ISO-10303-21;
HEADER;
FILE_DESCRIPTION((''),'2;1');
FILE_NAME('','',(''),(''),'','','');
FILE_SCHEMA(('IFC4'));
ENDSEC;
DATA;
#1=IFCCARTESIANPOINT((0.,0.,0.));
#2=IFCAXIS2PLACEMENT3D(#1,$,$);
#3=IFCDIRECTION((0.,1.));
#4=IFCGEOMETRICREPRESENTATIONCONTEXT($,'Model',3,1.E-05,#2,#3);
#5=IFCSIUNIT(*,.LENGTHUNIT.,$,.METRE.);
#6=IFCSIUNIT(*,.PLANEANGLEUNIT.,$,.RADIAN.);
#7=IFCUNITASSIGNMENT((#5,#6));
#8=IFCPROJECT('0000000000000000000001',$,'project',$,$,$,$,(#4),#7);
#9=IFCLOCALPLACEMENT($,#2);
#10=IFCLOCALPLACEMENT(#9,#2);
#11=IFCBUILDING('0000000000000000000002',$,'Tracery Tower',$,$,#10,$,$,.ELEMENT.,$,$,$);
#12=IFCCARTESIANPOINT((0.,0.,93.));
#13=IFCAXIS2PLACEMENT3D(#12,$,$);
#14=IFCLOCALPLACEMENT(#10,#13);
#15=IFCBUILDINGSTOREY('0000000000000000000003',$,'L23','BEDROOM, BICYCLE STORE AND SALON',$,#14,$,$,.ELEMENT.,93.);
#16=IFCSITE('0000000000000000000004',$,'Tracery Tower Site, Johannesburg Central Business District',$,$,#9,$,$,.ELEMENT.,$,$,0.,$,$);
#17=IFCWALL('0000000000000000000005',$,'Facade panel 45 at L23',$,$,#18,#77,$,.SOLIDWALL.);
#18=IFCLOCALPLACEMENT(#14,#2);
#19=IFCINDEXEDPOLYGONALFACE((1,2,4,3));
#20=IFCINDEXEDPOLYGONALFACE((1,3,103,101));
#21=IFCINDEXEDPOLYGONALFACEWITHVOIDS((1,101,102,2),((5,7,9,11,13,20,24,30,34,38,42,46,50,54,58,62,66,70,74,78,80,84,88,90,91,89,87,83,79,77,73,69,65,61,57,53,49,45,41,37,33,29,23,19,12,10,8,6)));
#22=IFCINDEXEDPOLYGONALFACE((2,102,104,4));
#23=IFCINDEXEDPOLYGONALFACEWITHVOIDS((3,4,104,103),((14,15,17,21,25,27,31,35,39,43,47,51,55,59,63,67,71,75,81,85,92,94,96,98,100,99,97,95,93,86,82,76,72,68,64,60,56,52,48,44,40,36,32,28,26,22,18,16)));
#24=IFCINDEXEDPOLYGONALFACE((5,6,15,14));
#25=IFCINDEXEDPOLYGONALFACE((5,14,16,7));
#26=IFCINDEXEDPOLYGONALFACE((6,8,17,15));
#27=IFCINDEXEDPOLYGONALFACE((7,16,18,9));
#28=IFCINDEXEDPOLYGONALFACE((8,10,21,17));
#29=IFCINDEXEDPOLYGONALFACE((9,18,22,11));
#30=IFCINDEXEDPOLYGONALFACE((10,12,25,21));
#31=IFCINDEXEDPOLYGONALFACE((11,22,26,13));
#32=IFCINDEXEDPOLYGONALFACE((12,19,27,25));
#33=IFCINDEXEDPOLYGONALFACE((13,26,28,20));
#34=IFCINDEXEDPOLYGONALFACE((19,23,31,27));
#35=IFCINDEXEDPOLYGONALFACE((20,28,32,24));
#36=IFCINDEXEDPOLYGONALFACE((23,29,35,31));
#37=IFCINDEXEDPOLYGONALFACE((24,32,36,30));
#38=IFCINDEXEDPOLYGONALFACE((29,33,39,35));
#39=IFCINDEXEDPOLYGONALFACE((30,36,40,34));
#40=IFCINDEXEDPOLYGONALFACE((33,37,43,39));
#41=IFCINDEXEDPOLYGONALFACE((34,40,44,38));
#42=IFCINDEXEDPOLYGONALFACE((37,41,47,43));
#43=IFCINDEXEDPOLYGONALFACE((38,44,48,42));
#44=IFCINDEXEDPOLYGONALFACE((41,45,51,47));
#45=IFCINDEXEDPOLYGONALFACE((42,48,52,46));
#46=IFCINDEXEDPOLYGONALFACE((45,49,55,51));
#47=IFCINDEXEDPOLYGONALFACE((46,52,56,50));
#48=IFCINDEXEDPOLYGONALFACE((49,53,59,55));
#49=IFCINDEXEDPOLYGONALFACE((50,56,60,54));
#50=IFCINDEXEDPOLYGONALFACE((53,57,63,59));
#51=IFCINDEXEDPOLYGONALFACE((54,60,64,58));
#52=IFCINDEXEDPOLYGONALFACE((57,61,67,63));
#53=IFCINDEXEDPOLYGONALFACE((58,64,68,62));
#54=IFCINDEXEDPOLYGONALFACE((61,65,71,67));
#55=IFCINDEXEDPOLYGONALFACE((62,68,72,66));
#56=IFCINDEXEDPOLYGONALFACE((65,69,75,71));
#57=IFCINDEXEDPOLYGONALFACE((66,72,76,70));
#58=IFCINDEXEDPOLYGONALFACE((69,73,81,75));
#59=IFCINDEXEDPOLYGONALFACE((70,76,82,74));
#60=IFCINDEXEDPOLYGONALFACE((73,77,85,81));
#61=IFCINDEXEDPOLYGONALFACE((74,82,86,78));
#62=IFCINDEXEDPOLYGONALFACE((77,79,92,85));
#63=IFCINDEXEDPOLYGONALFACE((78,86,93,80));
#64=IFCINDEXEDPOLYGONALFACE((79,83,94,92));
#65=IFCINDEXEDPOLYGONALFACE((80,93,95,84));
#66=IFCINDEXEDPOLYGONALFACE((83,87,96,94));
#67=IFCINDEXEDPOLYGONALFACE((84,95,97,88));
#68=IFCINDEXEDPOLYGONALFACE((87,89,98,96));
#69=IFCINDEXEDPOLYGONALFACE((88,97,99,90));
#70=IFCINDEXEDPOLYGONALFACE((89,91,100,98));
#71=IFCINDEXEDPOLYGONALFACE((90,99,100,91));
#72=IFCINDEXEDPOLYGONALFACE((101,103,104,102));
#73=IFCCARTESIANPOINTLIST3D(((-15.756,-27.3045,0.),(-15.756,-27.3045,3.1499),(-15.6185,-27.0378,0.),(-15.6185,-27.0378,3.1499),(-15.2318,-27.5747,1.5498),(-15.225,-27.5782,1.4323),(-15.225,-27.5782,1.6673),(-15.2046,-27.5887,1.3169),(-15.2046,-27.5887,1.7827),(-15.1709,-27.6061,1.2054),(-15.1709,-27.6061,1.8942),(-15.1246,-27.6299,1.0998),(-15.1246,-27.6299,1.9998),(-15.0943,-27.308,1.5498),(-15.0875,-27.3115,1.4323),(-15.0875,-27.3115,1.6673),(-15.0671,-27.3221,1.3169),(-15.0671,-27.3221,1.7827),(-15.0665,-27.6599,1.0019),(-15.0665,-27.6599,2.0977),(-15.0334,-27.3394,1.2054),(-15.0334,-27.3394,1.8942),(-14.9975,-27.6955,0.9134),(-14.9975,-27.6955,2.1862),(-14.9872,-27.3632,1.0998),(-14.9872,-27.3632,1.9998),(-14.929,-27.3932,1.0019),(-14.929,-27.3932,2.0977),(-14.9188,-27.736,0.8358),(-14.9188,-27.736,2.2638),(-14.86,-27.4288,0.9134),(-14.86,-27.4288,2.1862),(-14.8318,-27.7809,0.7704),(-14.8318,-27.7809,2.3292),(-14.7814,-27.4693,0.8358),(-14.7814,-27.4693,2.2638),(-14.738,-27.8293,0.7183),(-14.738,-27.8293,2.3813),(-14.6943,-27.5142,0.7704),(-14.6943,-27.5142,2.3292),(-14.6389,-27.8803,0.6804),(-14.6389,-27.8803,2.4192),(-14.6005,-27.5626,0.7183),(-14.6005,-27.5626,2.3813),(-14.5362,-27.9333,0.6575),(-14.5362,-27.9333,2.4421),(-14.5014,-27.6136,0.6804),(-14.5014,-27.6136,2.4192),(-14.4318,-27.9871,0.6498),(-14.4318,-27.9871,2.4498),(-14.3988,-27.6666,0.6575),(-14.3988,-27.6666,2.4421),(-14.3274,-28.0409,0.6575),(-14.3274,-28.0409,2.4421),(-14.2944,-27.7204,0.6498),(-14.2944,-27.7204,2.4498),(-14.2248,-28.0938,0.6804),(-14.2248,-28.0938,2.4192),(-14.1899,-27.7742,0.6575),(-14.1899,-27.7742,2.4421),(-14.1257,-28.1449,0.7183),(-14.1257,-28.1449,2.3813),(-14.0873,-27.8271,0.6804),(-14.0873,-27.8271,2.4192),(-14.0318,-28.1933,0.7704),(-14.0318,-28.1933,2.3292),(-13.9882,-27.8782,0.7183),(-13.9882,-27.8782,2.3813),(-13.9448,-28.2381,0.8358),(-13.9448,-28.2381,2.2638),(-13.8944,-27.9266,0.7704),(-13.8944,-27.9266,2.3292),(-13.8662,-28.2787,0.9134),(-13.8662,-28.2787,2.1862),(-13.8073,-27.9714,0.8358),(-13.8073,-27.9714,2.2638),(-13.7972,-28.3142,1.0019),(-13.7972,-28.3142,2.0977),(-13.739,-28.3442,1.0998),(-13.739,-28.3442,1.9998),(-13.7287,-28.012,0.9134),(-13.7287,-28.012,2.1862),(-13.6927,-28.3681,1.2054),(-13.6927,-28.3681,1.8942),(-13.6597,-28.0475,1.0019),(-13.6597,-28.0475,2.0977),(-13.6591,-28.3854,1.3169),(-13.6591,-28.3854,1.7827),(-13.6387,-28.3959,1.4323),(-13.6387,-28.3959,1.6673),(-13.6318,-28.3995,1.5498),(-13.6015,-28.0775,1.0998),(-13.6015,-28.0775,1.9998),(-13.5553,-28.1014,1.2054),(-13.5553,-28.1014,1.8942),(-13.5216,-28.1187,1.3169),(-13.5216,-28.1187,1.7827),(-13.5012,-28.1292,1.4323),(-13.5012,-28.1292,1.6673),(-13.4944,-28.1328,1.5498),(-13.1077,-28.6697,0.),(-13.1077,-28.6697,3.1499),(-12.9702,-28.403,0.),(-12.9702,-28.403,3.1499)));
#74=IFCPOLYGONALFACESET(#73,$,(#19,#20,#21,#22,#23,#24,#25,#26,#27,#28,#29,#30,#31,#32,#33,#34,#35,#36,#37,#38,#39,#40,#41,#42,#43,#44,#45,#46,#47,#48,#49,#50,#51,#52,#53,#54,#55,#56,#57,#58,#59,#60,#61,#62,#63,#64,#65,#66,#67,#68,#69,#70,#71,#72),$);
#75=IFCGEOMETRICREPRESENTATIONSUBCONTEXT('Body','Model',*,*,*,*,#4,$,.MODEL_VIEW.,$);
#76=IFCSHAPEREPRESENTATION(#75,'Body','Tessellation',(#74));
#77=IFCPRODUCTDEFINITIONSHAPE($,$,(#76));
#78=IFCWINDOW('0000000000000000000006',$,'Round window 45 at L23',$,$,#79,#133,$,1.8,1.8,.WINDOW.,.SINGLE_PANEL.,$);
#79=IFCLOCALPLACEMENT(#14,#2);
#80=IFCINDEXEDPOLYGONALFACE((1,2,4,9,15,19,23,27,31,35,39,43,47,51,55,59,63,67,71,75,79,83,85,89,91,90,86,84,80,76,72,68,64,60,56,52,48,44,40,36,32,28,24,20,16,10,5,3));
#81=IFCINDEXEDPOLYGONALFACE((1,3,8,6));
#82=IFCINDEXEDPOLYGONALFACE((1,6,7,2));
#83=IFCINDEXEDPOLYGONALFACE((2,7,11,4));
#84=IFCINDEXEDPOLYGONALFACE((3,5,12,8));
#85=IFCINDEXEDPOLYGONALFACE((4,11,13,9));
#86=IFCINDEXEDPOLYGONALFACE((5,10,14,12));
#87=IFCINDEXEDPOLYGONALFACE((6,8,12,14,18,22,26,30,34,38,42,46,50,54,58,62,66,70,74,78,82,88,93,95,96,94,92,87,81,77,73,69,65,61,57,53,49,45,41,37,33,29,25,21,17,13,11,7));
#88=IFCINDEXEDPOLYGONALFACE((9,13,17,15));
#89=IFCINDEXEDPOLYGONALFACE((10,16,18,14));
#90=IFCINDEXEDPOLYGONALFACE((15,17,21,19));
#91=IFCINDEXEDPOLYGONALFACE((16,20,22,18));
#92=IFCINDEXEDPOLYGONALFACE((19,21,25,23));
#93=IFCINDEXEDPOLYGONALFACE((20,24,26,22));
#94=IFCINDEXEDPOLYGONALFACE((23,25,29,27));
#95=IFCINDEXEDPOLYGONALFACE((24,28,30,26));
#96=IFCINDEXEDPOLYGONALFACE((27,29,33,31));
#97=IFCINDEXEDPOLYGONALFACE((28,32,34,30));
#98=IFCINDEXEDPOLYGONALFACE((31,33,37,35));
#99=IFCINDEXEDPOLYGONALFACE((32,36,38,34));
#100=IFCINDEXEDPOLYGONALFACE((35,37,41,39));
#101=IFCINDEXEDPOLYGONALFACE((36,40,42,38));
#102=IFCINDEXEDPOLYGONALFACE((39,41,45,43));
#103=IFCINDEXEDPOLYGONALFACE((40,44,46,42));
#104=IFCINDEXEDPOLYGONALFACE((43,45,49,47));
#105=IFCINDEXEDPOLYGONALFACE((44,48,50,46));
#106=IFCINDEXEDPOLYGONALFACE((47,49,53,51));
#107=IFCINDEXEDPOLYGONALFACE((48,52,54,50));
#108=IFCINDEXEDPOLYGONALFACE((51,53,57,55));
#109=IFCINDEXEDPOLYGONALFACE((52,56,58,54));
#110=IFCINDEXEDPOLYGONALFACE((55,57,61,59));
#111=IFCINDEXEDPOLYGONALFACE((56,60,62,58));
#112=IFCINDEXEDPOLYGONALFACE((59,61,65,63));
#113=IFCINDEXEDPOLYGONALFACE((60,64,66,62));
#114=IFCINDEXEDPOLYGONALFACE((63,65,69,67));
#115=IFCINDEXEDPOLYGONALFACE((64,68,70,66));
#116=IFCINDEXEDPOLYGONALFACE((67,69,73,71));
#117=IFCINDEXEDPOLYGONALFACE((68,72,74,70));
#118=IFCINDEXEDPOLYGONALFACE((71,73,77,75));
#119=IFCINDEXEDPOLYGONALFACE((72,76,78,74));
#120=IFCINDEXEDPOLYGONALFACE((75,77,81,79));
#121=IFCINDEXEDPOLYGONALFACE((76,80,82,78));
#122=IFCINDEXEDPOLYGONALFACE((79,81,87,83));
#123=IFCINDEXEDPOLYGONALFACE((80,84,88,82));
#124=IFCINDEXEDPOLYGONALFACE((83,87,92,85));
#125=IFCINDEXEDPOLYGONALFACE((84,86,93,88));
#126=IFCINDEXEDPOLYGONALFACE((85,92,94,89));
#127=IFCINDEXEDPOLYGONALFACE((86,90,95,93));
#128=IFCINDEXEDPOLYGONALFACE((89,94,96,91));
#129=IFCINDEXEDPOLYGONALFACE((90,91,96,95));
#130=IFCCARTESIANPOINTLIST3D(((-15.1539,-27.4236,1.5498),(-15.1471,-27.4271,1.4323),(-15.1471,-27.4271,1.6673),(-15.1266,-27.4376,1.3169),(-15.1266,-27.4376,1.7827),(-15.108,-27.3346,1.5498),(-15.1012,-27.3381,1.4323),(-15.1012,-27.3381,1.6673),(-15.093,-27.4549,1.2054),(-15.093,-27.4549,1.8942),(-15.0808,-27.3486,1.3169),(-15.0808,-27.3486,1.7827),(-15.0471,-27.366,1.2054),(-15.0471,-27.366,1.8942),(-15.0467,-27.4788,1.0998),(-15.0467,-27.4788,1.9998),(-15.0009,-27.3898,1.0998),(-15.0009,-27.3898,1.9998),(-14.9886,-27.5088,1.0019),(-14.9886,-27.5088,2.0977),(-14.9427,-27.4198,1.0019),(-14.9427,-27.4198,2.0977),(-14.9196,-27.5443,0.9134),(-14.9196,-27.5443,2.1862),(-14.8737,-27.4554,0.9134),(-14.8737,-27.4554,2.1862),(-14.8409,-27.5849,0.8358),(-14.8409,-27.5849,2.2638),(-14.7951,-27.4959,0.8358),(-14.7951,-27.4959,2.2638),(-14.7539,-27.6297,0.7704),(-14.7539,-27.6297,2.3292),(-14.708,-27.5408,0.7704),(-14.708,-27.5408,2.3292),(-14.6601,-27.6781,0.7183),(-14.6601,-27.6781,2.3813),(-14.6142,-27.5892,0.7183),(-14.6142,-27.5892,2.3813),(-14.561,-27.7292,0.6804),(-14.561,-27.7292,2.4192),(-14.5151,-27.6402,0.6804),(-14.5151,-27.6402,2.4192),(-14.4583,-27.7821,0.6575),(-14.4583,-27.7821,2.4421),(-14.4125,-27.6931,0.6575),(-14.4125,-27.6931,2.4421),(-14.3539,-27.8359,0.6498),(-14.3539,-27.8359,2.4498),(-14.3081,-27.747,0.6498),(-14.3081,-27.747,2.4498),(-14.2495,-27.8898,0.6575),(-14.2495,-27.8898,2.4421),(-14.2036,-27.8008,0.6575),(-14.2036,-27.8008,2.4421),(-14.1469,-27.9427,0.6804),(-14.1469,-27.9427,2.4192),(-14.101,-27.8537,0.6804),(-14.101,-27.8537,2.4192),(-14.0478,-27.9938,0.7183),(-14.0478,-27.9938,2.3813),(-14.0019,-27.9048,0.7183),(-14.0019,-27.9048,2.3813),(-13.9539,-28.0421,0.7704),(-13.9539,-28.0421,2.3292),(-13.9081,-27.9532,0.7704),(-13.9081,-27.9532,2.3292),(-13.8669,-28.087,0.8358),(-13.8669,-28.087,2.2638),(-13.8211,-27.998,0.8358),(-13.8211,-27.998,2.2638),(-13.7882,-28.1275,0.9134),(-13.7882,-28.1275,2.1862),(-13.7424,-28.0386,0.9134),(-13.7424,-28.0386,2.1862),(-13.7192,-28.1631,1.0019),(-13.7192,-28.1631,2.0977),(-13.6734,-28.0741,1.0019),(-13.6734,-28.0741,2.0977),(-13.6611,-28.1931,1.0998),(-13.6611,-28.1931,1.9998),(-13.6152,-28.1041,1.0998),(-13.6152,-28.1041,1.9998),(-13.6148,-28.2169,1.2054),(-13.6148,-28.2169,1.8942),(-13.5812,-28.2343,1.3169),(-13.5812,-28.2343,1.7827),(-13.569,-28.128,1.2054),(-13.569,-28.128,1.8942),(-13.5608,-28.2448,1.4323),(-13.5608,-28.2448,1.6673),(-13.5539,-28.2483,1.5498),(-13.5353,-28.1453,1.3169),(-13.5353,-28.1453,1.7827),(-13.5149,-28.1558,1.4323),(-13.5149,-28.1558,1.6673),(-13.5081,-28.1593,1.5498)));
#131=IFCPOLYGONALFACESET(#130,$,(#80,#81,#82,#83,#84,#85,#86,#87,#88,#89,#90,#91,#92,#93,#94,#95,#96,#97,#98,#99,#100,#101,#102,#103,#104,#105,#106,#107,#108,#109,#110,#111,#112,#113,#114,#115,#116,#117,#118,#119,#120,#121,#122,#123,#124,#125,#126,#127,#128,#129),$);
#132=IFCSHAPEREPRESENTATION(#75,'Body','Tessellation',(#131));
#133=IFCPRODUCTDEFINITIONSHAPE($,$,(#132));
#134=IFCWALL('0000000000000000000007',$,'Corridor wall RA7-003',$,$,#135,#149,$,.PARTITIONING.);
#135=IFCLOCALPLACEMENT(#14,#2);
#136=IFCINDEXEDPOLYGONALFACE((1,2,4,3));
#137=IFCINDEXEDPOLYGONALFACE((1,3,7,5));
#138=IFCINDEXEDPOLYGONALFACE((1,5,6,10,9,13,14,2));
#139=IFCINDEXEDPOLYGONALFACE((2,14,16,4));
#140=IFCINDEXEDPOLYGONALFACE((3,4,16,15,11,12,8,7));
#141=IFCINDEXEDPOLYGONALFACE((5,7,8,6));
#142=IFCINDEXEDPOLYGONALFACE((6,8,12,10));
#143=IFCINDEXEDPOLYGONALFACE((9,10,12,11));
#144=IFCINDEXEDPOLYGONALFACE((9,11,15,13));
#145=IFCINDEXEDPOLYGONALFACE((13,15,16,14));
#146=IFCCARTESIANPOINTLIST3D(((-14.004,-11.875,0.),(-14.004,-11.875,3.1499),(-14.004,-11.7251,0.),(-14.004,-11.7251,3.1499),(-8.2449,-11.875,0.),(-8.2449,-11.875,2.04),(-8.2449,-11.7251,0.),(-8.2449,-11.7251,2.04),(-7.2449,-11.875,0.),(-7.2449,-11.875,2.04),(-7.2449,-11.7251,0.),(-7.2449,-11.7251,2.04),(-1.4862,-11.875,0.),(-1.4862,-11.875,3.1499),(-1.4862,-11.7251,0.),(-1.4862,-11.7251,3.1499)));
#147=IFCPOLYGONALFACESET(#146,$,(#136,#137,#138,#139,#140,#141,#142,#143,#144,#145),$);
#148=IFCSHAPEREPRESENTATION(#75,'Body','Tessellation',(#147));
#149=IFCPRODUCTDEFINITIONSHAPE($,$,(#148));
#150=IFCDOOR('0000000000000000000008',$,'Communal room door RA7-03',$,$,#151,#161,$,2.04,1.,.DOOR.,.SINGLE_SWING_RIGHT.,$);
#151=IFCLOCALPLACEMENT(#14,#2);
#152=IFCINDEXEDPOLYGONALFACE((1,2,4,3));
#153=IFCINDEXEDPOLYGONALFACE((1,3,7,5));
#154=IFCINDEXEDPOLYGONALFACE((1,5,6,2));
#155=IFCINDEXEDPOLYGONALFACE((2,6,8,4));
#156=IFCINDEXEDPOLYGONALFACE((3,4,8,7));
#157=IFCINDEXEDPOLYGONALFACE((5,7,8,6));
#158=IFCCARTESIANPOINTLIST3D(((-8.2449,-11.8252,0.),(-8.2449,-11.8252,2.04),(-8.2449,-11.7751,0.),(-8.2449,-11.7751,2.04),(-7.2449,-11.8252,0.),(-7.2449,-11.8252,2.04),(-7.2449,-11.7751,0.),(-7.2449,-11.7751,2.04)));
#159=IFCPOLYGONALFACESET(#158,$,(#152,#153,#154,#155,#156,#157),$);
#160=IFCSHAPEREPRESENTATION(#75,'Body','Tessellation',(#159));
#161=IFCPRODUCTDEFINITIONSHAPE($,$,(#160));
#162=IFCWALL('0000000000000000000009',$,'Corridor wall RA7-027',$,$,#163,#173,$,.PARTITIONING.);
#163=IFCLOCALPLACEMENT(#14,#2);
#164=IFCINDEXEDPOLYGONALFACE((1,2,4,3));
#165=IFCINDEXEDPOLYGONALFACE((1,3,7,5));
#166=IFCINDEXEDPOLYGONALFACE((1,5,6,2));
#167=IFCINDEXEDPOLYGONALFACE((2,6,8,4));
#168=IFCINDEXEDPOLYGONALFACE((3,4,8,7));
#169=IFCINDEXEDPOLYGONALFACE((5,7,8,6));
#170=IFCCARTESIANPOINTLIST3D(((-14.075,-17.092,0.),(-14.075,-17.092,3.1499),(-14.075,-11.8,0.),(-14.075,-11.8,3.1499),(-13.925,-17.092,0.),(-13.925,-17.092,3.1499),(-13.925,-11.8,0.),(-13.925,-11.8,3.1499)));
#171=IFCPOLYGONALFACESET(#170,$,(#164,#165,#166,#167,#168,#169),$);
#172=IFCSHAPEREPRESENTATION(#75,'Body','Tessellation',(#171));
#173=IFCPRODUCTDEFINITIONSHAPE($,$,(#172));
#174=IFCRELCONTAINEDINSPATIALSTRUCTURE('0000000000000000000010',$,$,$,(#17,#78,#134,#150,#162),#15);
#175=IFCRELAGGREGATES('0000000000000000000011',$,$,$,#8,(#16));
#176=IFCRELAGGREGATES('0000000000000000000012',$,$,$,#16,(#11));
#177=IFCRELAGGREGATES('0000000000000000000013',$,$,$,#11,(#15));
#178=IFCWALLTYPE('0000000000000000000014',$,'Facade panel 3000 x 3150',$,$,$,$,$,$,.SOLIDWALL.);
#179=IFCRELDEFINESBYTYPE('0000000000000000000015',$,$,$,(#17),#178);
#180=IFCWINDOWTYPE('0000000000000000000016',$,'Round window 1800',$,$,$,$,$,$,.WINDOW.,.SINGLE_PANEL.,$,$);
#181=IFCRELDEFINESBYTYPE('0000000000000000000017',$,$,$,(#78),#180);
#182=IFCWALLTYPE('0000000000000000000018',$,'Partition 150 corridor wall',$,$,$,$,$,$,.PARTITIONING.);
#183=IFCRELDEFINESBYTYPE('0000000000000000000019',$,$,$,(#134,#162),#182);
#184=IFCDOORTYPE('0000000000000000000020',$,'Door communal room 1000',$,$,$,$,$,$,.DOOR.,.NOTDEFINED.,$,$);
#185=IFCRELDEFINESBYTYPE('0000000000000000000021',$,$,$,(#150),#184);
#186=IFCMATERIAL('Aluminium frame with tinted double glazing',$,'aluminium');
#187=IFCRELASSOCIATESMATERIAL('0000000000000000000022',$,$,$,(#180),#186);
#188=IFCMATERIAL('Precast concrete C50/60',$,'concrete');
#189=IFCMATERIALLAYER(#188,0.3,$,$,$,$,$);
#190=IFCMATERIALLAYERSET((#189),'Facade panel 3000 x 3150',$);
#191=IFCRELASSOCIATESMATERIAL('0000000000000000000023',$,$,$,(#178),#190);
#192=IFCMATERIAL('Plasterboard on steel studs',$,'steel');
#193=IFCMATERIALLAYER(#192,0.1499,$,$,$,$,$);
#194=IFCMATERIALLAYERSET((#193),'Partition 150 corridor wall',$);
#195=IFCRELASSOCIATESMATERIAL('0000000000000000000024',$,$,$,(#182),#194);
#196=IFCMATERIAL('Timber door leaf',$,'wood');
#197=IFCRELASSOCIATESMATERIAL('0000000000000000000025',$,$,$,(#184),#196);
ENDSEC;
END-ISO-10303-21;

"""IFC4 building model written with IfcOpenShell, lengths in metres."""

from ifc_helpers import new_model, si_unit, direction, frame, frame_2d, origin, origin_2d, place, context, subcontext, project, spatial, rectangle, circle, extrude, material, layer, layer_set, type_object, element, fill, save


model = new_model("IFC4")

# Units and contexts
model_context = context("Model", 3, precision=1e-05, world=origin(), true_north=direction((0.0, 1.0)))
body_context = subcontext(model_context, "Body", "Model", "MODEL_VIEW")
ifc_project = project(units=[si_unit("LENGTHUNIT", "METRE"), si_unit("PLANEANGLEUNIT", "RADIAN")], contexts=[model_context])

# Site, building, storey
site_placement = place(None, origin())
site = spatial("IfcSite", under=ifc_project, at=site_placement, Name="Tracery Tower Site, Johannesburg Central Business District", CompositionType="ELEMENT", RefElevation=0.0)
building_placement = place(site_placement, origin())
building = spatial("IfcBuilding", under=site, at=building_placement, Name="Tracery Tower", CompositionType="ELEMENT")
storey_placement = place(building_placement, frame((0.0, 0.0, 93.0)))
storey = spatial("IfcBuildingStorey", under=building, at=storey_placement, Name="L23", Description="BEDROOM, BICYCLE STORE AND SALON", CompositionType="ELEMENT", Elevation=93.0)

# Wall, opening, window
ifc_material_1 = material(Name="Aluminium frame with tinted double glazing", Category="aluminium")
window_type = type_object("IfcWindowType", Name="Round window 1800", PartitioningType="SINGLE_PANEL", PredefinedType="WINDOW", material=ifc_material_1)
ifc_material_2 = material(Name="Precast concrete C50/60", Category="concrete")
ifc_layer_1 = layer(ifc_material_2, 0.3)
ifc_layer_set_1 = layer_set([ifc_layer_1], Name="Facade panel 3000 x 3150")
wall_type_1 = type_object("IfcWallType", Name="Facade panel 3000 x 3150", PredefinedType="SOLIDWALL", material=ifc_layer_set_1)
wall_1_placement = place(storey_placement, frame((-15.6873, -27.1711, 0.0), z_axis=(0.0, 0.0, 1.0), x_axis=(0.888853, -0.458192, 0.0)))
wall_1 = element("IfcWall", 1, at=wall_1_placement, inside=storey, type_object=wall_type_1, Name="Facade panel 45 at L23", PredefinedType="SOLIDWALL", context=body_context, shape_type="SweptSolid", body=[
    extrude(rectangle(XDim=2.9795, YDim=0.3, at=frame_2d((1.4897, 0.0))), origin(), (0.0, 0.0, 1.0), 3.1499),
])
opening_1_placement = place(wall_1_placement, frame((1.4897, 0.0, 1.5498)))
opening_1 = element("IfcOpeningElement", 2, at=opening_1_placement, cuts=wall_1, PredefinedType="OPENING", context=body_context, shape_type="SweptSolid", body=[
    extrude(circle(Radius=0.9, at=origin_2d()), frame((0.0, 0.1599, 0.0), z_axis=(0.0, -1.0, 0.0), x_axis=(1.0, 0.0, 0.0)), (0.0, 0.0, 1.0), 0.3201),
])
window_1_placement = place(opening_1_placement, origin())
window_1 = element("IfcWindow", 3, at=window_1_placement, inside=storey, type_object=window_type, Name="Round window 45 at L23", OverallHeight=1.8, OverallWidth=1.8, PartitioningType="SINGLE_PANEL", PredefinedType="WINDOW", context=body_context, shape_type="SweptSolid", body=[
    extrude(circle(Radius=0.9, at=origin_2d()), frame((0.0, 0.1201, 0.0), z_axis=(0.0, -1.0, 0.0), x_axis=(1.0, 0.0, 0.0)), (0.0, 0.0, 1.0), 0.1001),
])
fill(opening_1, window_1)

# Wall, opening, door
ifc_material_3 = material(Name="Plasterboard on steel studs", Category="steel")
ifc_layer_2 = layer(ifc_material_3, 0.1499)
ifc_layer_set_2 = layer_set([ifc_layer_2], Name="Partition 150 corridor wall")
wall_type_2 = type_object("IfcWallType", Name="Partition 150 corridor wall", PredefinedType="PARTITIONING", material=ifc_layer_set_2)
wall_2_placement = place(storey_placement, frame((-14.0039, -11.8, 0.0), z_axis=(0.0, 0.0, 1.0), x_axis=(1.0, 0.0, 0.0)))
wall_2 = element("IfcWall", 4, at=wall_2_placement, inside=storey, type_object=wall_type_2, Name="Corridor wall RA7-003", PredefinedType="PARTITIONING", context=body_context, shape_type="SweptSolid", body=[
    extrude(rectangle(XDim=12.5178, YDim=0.1499, at=frame_2d((6.2588, 0.0))), origin(), (0.0, 0.0, 1.0), 3.1499),
])
opening_2_placement = place(wall_2_placement, frame((5.759, 0.0, 0.0)))
opening_2 = element("IfcOpeningElement", 5, at=opening_2_placement, cuts=wall_2, PredefinedType="OPENING", context=body_context, shape_type="SweptSolid", body=[
    extrude(rectangle(XDim=1.0, YDim=2.04, at=frame_2d((0.5, 1.02))), frame((0.0, 0.075, 0.0), z_axis=(0.0, -1.0, 0.0), x_axis=(1.0, 0.0, 0.0)), (0.0, 0.0, 1.0), 0.1499),
])
ifc_material_4 = material(Name="Timber door leaf", Category="wood")
door_type_1 = type_object("IfcDoorType", Name="Door communal room 1000", OperationType="NOTDEFINED", PredefinedType="DOOR", material=ifc_material_4)
door_1_placement = place(opening_2_placement, origin())
door_1 = element("IfcDoor", 6, at=door_1_placement, inside=storey, type_object=door_type_1, Name="Communal room door RA7-03", OperationType="SINGLE_SWING_RIGHT", OverallHeight=2.04, OverallWidth=1.0, PredefinedType="DOOR", context=body_context, shape_type="SweptSolid", body=[
    extrude(rectangle(XDim=1.0, YDim=2.04, at=frame_2d((0.5, 1.02))), frame((0.0, 0.0249, 0.0), z_axis=(0.0, -1.0, 0.0), x_axis=(1.0, 0.0, 0.0)), (0.0, 0.0, 1.0), 0.05),
])
fill(opening_2, door_1)

# Wall
wall_3_placement = place(storey_placement, frame((-14.0, -17.092, 0.0), z_axis=(0.0, 0.0, 1.0), x_axis=(0.0, 1.0, 0.0)))
element("IfcWall", 7, at=wall_3_placement, inside=storey, type_object=wall_type_2, Name="Corridor wall RA7-027", PredefinedType="PARTITIONING", context=body_context, shape_type="SweptSolid", body=[
    extrude(rectangle(XDim=5.292, YDim=0.1499, at=frame_2d((2.646, 0.0))), origin(), (0.0, 0.0, 1.0), 3.1499),
])

save(model, "model.ifc")
